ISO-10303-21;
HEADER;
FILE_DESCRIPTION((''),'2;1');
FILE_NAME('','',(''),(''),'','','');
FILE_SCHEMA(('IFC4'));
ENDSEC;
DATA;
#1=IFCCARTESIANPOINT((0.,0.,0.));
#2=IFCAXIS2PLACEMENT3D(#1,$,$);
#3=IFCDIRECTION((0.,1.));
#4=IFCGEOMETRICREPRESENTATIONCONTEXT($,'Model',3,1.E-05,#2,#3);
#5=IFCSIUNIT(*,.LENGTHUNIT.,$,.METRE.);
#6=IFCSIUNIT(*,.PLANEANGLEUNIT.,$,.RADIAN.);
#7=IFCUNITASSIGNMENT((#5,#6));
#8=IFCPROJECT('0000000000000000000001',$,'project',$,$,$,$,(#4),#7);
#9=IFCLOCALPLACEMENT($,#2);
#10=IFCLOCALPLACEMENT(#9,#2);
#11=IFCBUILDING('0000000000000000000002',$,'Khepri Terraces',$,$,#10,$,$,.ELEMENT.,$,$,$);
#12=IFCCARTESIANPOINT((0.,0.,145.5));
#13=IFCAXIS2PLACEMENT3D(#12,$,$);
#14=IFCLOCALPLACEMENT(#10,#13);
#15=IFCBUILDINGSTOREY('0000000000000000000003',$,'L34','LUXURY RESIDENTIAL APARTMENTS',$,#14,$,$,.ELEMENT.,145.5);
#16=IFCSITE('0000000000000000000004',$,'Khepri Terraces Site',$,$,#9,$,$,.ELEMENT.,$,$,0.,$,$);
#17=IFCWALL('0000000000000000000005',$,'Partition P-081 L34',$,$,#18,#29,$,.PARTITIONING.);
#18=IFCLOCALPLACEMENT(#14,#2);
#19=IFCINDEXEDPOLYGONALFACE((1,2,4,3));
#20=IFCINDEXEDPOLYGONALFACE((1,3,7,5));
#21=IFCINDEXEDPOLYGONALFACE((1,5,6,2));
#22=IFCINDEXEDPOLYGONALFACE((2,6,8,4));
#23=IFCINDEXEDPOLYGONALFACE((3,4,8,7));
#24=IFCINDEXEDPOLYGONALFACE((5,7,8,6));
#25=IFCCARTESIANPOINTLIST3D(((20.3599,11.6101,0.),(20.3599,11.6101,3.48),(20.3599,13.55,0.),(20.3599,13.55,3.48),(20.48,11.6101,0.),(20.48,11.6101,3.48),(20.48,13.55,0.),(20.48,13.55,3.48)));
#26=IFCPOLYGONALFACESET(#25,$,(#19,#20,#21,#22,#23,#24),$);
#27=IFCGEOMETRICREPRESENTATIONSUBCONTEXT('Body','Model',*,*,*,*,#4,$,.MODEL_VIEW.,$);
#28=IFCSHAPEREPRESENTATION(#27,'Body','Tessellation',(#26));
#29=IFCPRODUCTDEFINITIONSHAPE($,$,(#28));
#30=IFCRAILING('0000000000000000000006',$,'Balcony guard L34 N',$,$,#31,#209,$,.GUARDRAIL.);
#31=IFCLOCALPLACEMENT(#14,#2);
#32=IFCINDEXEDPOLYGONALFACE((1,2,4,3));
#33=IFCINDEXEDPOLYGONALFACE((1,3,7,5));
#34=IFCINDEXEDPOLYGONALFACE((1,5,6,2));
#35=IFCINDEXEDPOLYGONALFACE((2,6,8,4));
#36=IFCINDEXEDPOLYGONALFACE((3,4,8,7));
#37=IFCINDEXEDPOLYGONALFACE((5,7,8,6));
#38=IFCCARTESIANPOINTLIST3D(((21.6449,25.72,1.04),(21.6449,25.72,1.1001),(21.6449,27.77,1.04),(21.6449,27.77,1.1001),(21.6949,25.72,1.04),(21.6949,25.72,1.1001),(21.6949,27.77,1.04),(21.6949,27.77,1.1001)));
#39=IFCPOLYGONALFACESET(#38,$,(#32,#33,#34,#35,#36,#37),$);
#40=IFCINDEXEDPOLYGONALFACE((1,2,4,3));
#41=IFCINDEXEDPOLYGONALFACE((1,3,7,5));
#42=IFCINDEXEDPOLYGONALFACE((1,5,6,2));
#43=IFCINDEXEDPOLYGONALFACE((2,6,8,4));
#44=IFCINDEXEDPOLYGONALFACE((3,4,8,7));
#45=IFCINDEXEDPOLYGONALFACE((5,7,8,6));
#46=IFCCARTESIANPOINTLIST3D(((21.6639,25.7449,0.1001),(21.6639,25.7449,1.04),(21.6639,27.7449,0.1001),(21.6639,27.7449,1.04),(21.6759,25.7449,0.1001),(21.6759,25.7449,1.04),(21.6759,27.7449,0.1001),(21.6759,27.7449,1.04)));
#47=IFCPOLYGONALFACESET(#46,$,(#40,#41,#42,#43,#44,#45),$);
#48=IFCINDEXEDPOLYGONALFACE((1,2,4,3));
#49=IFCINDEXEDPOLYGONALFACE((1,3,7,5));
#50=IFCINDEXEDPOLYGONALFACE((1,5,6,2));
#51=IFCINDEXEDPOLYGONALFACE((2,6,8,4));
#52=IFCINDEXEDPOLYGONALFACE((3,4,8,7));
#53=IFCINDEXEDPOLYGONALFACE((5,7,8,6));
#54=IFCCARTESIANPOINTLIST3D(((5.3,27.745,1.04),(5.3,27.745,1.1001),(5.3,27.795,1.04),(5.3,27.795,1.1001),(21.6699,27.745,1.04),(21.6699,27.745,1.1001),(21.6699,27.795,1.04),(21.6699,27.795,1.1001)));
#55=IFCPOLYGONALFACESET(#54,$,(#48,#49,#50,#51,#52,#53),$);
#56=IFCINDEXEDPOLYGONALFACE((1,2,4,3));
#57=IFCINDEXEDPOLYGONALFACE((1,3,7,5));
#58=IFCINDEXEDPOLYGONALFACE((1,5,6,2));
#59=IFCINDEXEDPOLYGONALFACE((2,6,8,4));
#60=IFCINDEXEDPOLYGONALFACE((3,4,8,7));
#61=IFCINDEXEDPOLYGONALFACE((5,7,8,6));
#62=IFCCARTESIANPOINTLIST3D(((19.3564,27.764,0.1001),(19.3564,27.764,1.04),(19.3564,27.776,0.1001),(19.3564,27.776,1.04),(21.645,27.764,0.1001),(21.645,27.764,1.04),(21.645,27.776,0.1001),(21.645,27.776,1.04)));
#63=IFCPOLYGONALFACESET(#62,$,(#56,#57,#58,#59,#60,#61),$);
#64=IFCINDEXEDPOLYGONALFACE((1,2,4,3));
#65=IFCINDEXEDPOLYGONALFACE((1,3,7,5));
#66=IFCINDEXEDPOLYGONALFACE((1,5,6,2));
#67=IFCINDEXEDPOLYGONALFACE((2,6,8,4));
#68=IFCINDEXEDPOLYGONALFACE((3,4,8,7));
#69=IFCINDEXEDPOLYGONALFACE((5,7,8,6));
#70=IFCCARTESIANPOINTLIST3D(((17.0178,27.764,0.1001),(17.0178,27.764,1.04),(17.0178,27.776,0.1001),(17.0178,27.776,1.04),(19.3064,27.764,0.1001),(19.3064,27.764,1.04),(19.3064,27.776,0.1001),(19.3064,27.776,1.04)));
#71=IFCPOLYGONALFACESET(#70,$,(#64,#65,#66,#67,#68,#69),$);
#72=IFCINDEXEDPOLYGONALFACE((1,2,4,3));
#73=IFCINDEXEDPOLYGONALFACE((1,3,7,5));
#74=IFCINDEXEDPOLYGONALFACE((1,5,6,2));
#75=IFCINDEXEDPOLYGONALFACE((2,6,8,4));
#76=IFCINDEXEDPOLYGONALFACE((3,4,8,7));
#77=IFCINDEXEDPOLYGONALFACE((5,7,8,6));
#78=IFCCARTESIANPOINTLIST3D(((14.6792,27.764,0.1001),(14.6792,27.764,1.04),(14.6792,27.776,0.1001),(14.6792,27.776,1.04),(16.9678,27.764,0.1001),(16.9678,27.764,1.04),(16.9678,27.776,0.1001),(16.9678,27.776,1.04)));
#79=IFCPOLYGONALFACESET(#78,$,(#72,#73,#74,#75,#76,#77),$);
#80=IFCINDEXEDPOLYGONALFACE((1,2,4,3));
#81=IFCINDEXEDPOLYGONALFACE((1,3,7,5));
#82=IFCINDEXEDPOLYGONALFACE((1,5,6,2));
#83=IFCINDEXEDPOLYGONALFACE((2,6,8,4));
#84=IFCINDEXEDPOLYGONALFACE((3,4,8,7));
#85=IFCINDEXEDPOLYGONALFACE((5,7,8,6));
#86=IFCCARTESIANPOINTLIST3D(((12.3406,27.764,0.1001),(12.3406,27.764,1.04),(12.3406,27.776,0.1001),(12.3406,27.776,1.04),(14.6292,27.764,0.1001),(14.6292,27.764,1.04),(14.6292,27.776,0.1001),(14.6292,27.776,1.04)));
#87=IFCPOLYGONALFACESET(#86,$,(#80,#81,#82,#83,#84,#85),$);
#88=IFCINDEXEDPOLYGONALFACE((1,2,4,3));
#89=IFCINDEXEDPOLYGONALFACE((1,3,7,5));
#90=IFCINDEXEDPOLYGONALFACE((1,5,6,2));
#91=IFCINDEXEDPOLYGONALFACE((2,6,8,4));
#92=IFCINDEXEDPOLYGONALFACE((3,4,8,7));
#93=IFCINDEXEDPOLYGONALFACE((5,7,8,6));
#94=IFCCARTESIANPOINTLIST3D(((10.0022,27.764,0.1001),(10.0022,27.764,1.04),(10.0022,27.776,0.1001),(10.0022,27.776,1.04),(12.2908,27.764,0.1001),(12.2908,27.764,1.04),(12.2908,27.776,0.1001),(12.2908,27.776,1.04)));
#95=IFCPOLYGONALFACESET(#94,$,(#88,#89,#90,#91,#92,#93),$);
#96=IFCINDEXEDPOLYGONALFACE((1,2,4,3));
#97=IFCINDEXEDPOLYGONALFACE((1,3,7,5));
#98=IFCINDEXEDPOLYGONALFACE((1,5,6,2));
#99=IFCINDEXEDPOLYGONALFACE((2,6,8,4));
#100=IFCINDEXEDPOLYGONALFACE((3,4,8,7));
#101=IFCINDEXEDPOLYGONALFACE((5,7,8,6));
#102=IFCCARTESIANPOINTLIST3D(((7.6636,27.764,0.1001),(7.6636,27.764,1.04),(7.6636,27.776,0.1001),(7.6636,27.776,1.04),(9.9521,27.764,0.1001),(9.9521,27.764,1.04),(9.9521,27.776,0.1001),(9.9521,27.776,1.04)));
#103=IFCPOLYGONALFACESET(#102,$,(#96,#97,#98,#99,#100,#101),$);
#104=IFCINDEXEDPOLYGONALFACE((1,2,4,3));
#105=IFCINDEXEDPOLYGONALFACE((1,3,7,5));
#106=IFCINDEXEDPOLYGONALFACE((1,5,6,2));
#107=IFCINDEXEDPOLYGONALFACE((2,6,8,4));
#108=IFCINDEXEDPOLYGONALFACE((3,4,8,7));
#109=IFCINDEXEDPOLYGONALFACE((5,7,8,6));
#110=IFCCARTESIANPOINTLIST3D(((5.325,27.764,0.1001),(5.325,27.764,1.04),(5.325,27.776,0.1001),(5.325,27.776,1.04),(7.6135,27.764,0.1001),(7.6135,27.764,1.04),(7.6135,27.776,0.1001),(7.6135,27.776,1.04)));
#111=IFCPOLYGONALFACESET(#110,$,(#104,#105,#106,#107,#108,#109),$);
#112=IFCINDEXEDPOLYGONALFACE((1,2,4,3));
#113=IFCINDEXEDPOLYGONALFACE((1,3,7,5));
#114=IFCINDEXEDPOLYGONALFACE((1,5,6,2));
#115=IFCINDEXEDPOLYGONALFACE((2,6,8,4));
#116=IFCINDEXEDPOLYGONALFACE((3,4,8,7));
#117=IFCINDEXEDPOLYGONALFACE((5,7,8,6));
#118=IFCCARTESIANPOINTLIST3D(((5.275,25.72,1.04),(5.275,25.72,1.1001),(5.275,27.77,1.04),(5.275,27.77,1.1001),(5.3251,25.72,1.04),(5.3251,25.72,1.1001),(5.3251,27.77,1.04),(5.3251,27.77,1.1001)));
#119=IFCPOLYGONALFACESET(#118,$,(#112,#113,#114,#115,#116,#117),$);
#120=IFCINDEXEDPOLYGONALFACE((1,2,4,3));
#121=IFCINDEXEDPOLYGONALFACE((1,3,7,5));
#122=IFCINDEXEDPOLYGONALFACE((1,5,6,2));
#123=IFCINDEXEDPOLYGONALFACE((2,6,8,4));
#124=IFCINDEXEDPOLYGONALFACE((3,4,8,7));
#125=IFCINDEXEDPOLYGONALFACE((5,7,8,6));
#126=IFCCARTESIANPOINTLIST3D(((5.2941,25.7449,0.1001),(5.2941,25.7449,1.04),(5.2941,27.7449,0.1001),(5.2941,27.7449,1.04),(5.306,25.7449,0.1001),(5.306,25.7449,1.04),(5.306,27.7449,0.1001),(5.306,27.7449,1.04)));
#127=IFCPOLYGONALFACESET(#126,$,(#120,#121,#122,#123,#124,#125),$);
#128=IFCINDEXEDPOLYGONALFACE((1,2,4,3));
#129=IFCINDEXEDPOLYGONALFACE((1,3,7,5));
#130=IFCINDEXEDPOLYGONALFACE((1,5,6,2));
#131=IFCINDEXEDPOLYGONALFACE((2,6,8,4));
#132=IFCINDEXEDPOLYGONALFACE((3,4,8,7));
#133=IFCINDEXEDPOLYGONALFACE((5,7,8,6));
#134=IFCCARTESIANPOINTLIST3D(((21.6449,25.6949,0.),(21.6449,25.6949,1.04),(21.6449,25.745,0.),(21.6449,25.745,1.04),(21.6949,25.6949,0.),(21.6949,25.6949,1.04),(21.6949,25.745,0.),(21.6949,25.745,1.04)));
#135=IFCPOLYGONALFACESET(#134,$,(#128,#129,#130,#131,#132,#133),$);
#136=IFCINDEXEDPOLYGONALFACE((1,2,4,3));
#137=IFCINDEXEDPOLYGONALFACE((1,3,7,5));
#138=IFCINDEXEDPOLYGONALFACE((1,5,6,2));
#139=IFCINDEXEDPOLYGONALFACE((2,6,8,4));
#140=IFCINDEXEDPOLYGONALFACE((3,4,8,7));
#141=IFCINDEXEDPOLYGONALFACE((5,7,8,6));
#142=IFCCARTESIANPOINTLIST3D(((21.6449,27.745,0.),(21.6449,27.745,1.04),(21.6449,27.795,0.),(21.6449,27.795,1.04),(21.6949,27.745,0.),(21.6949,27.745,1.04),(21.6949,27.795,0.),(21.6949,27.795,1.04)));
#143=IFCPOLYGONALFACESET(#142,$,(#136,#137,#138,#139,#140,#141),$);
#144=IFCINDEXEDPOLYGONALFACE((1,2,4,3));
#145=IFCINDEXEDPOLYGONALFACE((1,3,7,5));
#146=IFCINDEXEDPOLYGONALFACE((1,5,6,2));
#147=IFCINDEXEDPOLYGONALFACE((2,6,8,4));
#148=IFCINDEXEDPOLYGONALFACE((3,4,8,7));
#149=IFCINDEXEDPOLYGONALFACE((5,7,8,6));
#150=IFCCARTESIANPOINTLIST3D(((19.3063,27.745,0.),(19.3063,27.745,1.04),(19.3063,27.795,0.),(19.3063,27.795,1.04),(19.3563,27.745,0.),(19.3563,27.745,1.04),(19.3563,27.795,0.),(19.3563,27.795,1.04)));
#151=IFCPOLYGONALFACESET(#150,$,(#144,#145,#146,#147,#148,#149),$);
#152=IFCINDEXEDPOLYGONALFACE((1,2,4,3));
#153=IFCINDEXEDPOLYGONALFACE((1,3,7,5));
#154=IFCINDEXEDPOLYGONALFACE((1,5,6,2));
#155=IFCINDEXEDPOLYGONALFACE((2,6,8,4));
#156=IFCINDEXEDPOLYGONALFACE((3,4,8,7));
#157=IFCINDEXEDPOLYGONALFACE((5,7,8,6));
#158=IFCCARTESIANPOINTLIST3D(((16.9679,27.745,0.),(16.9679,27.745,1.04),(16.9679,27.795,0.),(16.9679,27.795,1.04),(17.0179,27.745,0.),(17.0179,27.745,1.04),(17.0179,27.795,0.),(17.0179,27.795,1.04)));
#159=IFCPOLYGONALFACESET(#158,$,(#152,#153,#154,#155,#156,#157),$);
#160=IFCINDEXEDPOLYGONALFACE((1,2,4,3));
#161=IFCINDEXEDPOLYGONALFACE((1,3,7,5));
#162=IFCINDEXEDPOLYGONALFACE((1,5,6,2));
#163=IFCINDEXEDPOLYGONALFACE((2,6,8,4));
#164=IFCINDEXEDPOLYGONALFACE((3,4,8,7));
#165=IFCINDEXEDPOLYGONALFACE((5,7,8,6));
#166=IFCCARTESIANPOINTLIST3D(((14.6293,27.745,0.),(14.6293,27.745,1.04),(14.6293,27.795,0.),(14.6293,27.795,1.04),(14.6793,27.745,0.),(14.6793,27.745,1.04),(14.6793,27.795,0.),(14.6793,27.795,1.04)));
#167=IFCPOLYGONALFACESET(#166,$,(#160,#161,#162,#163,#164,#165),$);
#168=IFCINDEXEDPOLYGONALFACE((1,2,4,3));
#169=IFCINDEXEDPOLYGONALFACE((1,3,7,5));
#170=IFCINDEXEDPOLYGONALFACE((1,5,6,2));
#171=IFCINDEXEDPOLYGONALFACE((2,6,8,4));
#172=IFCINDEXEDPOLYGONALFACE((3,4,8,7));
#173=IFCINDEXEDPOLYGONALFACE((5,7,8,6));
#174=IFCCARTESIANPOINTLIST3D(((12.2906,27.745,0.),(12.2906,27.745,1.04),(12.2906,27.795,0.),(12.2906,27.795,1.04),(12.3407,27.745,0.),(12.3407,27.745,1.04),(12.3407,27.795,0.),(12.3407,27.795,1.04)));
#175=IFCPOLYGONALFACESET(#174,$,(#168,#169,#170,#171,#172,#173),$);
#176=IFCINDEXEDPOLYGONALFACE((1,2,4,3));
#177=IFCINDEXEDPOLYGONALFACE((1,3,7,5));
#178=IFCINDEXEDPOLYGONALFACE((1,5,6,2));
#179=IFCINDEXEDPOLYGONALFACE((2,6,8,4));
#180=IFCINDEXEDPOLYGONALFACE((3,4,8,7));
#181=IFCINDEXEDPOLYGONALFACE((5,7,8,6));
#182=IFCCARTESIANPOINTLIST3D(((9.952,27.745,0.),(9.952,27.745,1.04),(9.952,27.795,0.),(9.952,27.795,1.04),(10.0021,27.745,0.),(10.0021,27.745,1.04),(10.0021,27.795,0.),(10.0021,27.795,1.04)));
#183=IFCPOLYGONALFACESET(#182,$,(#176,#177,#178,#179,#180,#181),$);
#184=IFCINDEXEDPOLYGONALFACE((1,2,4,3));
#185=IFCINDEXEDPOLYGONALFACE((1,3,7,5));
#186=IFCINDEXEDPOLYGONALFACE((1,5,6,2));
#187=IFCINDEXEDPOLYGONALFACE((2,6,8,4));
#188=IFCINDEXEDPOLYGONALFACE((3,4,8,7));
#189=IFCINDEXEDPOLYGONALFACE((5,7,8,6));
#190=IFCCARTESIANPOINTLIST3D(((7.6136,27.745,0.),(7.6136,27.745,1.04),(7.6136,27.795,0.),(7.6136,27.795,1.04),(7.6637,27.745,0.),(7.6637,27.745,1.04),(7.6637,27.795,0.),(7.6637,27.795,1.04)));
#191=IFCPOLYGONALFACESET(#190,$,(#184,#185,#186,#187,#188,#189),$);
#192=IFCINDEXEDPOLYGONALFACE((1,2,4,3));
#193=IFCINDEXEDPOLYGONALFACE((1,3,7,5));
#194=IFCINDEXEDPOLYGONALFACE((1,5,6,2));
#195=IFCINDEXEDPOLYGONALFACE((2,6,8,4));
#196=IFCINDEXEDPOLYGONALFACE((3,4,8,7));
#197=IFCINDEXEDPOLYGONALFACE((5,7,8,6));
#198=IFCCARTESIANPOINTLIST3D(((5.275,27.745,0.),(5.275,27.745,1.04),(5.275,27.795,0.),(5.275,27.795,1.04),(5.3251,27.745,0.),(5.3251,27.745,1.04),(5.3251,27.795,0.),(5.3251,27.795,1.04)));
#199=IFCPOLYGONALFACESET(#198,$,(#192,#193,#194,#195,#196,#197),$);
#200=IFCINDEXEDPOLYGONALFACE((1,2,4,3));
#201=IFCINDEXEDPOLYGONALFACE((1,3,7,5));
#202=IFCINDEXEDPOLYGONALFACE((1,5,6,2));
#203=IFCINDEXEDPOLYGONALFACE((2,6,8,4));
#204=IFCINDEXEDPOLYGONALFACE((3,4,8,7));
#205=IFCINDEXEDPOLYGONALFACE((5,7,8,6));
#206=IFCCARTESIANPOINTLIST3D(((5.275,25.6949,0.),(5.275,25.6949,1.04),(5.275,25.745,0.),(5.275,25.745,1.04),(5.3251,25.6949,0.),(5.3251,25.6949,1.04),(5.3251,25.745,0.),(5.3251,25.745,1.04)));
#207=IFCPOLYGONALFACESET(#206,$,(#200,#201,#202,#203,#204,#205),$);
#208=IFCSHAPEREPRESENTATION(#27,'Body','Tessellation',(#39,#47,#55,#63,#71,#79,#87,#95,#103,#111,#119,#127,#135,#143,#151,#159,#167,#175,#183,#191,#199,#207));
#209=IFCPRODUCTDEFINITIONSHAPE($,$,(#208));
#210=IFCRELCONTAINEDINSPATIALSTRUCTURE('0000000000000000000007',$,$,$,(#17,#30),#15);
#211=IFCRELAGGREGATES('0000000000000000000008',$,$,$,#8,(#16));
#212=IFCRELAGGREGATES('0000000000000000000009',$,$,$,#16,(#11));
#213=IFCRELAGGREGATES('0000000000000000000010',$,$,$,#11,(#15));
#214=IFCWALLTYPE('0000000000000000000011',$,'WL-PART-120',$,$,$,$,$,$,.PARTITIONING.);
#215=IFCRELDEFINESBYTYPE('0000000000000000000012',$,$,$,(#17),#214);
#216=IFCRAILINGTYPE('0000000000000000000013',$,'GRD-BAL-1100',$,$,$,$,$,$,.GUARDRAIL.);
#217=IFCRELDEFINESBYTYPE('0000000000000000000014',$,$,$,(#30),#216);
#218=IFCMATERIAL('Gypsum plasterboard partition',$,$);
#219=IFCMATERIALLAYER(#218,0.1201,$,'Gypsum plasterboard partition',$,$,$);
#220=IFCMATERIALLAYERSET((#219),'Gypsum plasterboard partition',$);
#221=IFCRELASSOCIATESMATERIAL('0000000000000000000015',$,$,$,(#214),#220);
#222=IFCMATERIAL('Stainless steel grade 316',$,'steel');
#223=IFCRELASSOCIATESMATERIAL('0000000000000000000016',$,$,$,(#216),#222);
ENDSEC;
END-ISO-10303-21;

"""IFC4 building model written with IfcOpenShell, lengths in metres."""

from ifc_helpers import new_model, si_unit, direction, frame, frame_2d, origin, origin_2d, place, context, subcontext, project, spatial, rectangle, extrude, material, layer, layer_set, type_object, element, save


model = new_model("IFC4")

# Units and contexts
model_context = context("Model", 3, precision=1e-05, world=origin(), true_north=direction((0.0, 1.0)))
body_context = subcontext(model_context, "Body", "Model", "MODEL_VIEW")
ifc_project = project(units=[si_unit("LENGTHUNIT", "METRE"), si_unit("PLANEANGLEUNIT", "RADIAN")], contexts=[model_context])

# Site, building, storey
site_placement = place(None, origin())
site = spatial("IfcSite", under=ifc_project, at=site_placement, Name="Khepri Terraces Site", CompositionType="ELEMENT", RefElevation=0.0)
building_placement = place(site_placement, origin())
building = spatial("IfcBuilding", under=site, at=building_placement, Name="Khepri Terraces", CompositionType="ELEMENT")
storey_placement = place(building_placement, frame((0.0, 0.0, 145.5)))
storey = spatial("IfcBuildingStorey", under=building, at=storey_placement, Name="L34", Description="LUXURY RESIDENTIAL APARTMENTS", CompositionType="ELEMENT", Elevation=145.5)

# Shared definitions
ifc_material_1 = material(Name="Gypsum plasterboard partition")
ifc_layer_1 = layer(ifc_material_1, 0.1201, Name="Gypsum plasterboard partition")
ifc_layer_set_1 = layer_set([ifc_layer_1], Name="Gypsum plasterboard partition")
wall_type_1 = type_object("IfcWallType", Name="WL-PART-120", PredefinedType="PARTITIONING", material=ifc_layer_set_1)

# Wall
wall_1_placement = place(storey_placement, frame((20.4199, 11.6101, 0.0), z_axis=(0.0, 0.0, 1.0), x_axis=(0.0, 1.0, 0.0)))
element("IfcWall", 1, at=wall_1_placement, inside=storey, type_object=wall_type_1, Name="Partition P-081 L34", PredefinedType="PARTITIONING", context=body_context, shape_type="SweptSolid", body=[
    extrude(rectangle(XDim=1.9399, YDim=0.1201, at=frame_2d((0.97, 0.0))), origin(), (0.0, 0.0, 1.0), 3.48),
])

# Railing
ifc_material_2 = material(Name="Stainless steel grade 316", Category="steel")
railing_type = type_object("IfcRailingType", Name="GRD-BAL-1100", PredefinedType="GUARDRAIL", material=ifc_material_2)
railing_placement = place(storey_placement, frame((21.6699, 25.72, 0.0)))
element("IfcRailing", 2, at=railing_placement, inside=storey, type_object=railing_type, Name="Balcony guard L34 N", PredefinedType="GUARDRAIL", context=body_context, shape_type="SweptSolid", body=[
    extrude(rectangle(XDim=0.05, YDim=0.0601, at=origin_2d()), frame((0.0, 0.0, 1.0701), z_axis=(0.0, 1.0, 0.0), x_axis=(-1.0, 0.0, 0.0)), (0.0, 0.0, 1.0), 2.05),
    extrude(rectangle(XDim=2.0, YDim=0.012, at=origin_2d()), frame((0.0, 1.0249, 0.1001), z_axis=(0.0, 0.0, 1.0), x_axis=(0.0, 1.0, 0.0)), (0.0, 0.0, 1.0), 0.9399),
    extrude(rectangle(XDim=0.05, YDim=0.0601, at=origin_2d()), frame((0.0, 2.05, 1.0701), z_axis=(-1.0, 0.0, 0.0), x_axis=(0.0, -1.0, 0.0)), (0.0, 0.0, 1.0), 16.3699),
    extrude(rectangle(XDim=2.2886, YDim=0.012, at=origin_2d()), frame((-1.1692, 2.05, 0.1001), z_axis=(0.0, 0.0, 1.0), x_axis=(-1.0, 0.0, 0.0)), (0.0, 0.0, 1.0), 0.9399),
    extrude(rectangle(XDim=2.2886, YDim=0.012, at=origin_2d()), frame((-3.5078, 2.05, 0.1001), z_axis=(0.0, 0.0, 1.0), x_axis=(-1.0, 0.0, 0.0)), (0.0, 0.0, 1.0), 0.9399),
    extrude(rectangle(XDim=2.2886, YDim=0.012, at=origin_2d()), frame((-5.8464, 2.05, 0.1001), z_axis=(0.0, 0.0, 1.0), x_axis=(-1.0, 0.0, 0.0)), (0.0, 0.0, 1.0), 0.9399),
    extrude(rectangle(XDim=2.2886, YDim=0.012, at=origin_2d()), frame((-8.1851, 2.05, 0.1001), z_axis=(0.0, 0.0, 1.0), x_axis=(-1.0, 0.0, 0.0)), (0.0, 0.0, 1.0), 0.9399),
    extrude(rectangle(XDim=2.2886, YDim=0.012, at=origin_2d()), frame((-10.5234, 2.05, 0.1001), z_axis=(0.0, 0.0, 1.0), x_axis=(-1.0, 0.0, 0.0)), (0.0, 0.0, 1.0), 0.9399),
    extrude(rectangle(XDim=2.2886, YDim=0.012, at=origin_2d()), frame((-12.8621, 2.05, 0.1001), z_axis=(0.0, 0.0, 1.0), x_axis=(-1.0, 0.0, 0.0)), (0.0, 0.0, 1.0), 0.9399),
    extrude(rectangle(XDim=2.2886, YDim=0.012, at=origin_2d()), frame((-15.2007, 2.05, 0.1001), z_axis=(0.0, 0.0, 1.0), x_axis=(-1.0, 0.0, 0.0)), (0.0, 0.0, 1.0), 0.9399),
    extrude(rectangle(XDim=0.05, YDim=0.0601, at=origin_2d()), frame((-16.3699, 2.05, 1.0701), z_axis=(0.0, -1.0, 0.0), x_axis=(1.0, 0.0, 0.0)), (0.0, 0.0, 1.0), 2.05),
    extrude(rectangle(XDim=2.0, YDim=0.012, at=origin_2d()), frame((-16.3699, 1.0249, 0.1001), z_axis=(0.0, 0.0, 1.0), x_axis=(0.0, -1.0, 0.0)), (0.0, 0.0, 1.0), 0.9399),
    extrude(rectangle(XDim=0.05, YDim=0.05, at=origin_2d()), origin(), (0.0, 0.0, 1.0), 1.04),
    extrude(rectangle(XDim=0.05, YDim=0.05, at=origin_2d()), frame((0.0, 2.05, 0.0)), (0.0, 0.0, 1.0), 1.04),
    extrude(rectangle(XDim=0.05, YDim=0.05, at=origin_2d()), frame((-2.3386, 2.05, 0.0)), (0.0, 0.0, 1.0), 1.04),
    extrude(rectangle(XDim=0.05, YDim=0.05, at=origin_2d()), frame((-4.677, 2.05, 0.0)), (0.0, 0.0, 1.0), 1.04),
    extrude(rectangle(XDim=0.05, YDim=0.05, at=origin_2d()), frame((-7.0156, 2.05, 0.0)), (0.0, 0.0, 1.0), 1.04),
    extrude(rectangle(XDim=0.05, YDim=0.05, at=origin_2d()), frame((-9.3542, 2.05, 0.0)), (0.0, 0.0, 1.0), 1.04),
    extrude(rectangle(XDim=0.05, YDim=0.05, at=origin_2d()), frame((-11.6929, 2.05, 0.0)), (0.0, 0.0, 1.0), 1.04),
    extrude(rectangle(XDim=0.05, YDim=0.05, at=origin_2d()), frame((-14.0312, 2.05, 0.0)), (0.0, 0.0, 1.0), 1.04),
    extrude(rectangle(XDim=0.05, YDim=0.05, at=origin_2d()), frame((-16.3699, 2.05, 0.0)), (0.0, 0.0, 1.0), 1.04),
    extrude(rectangle(XDim=0.05, YDim=0.05, at=origin_2d()), frame((-16.3699, 0.0, 0.0)), (0.0, 0.0, 1.0), 1.04),
])

save(model, "model.ifc")
